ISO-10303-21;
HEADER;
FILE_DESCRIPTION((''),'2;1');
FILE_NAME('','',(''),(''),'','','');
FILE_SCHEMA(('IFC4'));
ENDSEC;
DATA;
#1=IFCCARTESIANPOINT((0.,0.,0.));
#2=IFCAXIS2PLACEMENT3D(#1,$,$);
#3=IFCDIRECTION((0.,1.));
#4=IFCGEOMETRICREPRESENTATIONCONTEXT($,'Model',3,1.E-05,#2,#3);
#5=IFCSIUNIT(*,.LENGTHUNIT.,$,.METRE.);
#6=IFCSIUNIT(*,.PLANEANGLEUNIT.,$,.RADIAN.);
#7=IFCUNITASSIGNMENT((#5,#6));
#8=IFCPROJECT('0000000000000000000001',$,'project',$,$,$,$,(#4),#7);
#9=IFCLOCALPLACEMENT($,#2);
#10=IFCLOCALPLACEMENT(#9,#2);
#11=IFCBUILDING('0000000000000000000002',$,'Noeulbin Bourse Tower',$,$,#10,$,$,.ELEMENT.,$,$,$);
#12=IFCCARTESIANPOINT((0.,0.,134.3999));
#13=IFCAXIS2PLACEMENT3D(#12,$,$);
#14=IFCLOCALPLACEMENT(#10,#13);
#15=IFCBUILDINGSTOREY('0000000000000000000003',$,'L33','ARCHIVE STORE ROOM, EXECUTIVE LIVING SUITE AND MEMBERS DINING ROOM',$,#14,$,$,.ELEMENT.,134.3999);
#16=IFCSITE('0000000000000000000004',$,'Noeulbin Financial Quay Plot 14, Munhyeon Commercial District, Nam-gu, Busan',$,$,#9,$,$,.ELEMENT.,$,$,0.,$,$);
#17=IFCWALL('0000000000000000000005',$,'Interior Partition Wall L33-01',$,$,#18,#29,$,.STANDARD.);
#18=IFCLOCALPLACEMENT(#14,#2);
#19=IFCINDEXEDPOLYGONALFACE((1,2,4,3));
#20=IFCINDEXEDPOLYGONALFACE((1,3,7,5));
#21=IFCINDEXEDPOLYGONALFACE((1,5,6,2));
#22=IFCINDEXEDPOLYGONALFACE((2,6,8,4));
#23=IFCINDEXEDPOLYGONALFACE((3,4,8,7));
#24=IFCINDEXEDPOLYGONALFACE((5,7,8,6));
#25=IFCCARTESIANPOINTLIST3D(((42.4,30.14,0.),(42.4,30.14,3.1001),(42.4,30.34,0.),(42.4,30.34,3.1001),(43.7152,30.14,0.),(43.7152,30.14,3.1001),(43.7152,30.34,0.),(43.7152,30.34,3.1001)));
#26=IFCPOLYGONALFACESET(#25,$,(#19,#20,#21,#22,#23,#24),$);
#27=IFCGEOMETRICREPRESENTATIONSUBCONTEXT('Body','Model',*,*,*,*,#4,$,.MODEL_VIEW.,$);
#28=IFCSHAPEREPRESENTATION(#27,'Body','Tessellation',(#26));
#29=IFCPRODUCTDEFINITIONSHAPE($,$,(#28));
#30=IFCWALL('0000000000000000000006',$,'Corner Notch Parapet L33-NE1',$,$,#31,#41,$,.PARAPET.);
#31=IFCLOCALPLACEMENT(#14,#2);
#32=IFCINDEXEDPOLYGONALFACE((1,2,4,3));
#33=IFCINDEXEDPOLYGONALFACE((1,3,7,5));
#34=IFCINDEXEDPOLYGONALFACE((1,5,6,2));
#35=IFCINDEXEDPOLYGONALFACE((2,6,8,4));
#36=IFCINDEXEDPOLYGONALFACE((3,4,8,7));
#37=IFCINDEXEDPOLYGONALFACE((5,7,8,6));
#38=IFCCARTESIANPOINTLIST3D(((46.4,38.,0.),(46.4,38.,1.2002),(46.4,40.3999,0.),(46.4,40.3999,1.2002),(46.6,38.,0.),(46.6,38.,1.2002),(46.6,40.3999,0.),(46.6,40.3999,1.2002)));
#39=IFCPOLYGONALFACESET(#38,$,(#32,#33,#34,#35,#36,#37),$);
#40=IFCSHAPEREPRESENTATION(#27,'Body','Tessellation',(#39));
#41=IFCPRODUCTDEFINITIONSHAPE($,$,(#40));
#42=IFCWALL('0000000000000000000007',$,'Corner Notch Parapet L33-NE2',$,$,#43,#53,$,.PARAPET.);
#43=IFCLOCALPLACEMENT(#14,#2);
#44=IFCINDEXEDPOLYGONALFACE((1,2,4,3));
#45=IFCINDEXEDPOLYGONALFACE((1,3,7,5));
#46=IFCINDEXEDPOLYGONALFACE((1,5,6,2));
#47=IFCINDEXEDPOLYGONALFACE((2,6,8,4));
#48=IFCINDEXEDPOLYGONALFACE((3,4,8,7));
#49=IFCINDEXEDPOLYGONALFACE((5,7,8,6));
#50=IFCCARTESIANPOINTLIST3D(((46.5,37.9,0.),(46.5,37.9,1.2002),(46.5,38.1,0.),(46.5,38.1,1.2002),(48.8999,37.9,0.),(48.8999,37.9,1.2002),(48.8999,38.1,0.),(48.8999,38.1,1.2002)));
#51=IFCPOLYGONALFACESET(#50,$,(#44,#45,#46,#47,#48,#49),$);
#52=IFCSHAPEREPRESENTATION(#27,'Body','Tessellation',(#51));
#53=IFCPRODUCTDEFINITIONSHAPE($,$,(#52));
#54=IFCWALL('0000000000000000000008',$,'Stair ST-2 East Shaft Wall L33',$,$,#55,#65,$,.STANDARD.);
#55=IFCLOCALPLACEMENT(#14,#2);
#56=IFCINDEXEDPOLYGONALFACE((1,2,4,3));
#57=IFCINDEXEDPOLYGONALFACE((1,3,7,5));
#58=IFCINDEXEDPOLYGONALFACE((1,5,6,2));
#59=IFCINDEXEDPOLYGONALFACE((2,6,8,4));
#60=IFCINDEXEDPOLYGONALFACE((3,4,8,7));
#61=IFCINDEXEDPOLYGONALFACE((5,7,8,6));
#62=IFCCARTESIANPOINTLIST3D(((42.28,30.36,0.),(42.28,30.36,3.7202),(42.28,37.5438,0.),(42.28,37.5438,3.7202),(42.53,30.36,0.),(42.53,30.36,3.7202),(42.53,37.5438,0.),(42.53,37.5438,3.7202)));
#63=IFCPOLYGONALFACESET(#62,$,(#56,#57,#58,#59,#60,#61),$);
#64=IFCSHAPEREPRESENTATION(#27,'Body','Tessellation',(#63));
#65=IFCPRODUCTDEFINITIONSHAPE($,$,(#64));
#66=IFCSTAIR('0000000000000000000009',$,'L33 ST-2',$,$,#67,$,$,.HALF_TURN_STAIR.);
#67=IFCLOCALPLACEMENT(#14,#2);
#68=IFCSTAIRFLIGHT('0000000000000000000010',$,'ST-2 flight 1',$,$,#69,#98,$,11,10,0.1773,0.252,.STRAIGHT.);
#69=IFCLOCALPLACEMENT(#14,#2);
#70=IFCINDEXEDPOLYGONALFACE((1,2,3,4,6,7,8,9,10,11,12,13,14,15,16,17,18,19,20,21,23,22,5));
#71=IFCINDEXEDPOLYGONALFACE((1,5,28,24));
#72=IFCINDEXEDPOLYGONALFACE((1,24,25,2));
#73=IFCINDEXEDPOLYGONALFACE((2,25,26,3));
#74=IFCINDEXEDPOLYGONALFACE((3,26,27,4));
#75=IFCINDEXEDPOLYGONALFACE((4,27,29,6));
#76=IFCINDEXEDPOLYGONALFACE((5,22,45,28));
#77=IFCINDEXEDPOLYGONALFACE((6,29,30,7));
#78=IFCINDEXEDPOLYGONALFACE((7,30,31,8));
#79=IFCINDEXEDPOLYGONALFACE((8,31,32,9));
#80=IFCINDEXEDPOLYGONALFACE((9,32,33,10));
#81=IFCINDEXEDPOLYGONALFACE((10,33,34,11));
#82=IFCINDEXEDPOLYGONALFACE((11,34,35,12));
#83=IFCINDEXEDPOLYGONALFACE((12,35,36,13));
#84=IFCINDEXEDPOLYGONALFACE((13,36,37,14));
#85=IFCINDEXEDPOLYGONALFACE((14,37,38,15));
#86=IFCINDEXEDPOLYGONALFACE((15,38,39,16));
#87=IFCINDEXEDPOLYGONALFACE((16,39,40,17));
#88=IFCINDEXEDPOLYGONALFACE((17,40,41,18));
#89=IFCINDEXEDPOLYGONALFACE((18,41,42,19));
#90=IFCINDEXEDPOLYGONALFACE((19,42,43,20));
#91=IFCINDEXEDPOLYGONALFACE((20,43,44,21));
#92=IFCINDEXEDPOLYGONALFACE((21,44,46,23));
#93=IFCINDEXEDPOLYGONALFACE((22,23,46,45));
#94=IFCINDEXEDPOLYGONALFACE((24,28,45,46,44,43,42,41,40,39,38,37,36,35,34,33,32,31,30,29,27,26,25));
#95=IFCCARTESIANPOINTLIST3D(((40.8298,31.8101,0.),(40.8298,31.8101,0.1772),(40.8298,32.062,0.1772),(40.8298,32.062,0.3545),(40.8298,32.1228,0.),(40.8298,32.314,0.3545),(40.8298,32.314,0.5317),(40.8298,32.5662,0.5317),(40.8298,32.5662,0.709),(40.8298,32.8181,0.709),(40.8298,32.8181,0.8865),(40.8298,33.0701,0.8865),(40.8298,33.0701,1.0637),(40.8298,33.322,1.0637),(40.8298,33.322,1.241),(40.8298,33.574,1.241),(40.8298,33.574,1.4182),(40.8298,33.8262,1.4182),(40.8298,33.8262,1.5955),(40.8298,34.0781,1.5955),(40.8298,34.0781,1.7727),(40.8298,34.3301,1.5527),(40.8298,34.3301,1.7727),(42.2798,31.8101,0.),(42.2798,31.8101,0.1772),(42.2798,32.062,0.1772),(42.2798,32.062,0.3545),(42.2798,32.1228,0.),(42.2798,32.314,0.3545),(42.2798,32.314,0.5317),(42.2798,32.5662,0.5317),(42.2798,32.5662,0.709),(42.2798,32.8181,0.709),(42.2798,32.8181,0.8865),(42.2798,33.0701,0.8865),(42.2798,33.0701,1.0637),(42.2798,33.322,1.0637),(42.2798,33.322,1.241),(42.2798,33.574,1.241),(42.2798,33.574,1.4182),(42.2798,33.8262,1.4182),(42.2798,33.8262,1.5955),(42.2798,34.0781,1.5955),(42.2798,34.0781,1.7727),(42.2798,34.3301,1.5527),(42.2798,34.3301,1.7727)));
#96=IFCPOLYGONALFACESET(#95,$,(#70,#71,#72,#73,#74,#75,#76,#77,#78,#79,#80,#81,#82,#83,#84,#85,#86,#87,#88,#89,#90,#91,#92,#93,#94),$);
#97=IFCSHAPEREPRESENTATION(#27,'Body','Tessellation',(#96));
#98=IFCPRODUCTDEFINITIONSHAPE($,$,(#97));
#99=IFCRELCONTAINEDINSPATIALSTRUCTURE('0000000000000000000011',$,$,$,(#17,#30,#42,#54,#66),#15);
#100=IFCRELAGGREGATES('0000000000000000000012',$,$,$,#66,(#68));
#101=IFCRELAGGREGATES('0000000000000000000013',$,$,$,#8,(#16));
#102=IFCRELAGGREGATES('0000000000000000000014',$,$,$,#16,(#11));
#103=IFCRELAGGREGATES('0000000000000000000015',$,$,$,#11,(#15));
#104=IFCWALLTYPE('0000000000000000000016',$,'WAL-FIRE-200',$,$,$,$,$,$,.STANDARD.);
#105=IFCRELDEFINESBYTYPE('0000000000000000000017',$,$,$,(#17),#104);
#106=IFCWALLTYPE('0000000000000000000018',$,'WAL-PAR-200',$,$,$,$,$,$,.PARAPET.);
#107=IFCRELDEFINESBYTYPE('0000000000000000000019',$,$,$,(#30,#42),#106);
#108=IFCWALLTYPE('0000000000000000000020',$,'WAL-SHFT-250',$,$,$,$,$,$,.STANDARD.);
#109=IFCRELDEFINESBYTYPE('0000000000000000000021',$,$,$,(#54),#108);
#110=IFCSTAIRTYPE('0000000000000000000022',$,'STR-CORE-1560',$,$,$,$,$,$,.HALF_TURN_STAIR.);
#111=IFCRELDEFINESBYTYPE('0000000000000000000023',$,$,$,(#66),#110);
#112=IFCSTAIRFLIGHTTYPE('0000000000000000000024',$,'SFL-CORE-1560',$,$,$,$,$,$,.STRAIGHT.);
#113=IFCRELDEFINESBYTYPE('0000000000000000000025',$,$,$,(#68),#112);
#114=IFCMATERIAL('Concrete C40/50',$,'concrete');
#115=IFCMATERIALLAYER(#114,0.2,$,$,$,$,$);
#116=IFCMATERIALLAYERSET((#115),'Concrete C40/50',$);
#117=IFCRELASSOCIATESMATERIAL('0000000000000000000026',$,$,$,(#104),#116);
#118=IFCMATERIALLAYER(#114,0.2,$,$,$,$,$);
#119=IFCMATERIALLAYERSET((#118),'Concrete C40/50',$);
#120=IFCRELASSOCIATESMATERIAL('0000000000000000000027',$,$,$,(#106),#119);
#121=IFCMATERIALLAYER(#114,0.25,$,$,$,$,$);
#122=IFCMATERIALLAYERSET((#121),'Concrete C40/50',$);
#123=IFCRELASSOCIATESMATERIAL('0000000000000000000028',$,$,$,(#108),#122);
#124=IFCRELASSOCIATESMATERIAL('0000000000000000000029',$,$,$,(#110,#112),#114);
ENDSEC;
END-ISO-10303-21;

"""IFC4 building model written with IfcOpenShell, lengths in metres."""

from ifc_helpers import new_model, si_unit, direction, frame, frame_2d, origin, place, context, subcontext, project, spatial, polyline, rectangle, outline, extrude, material, layer, layer_set, type_object, element, aggregate, save


model = new_model("IFC4")

# Units and contexts
model_context = context("Model", 3, precision=1e-05, world=origin(), true_north=direction((0.0, 1.0)))
body_context = subcontext(model_context, "Body", "Model", "MODEL_VIEW")
ifc_project = project(units=[si_unit("LENGTHUNIT", "METRE"), si_unit("PLANEANGLEUNIT", "RADIAN")], contexts=[model_context])

# Site, building, storey
site_placement = place(None, origin())
site = spatial("IfcSite", under=ifc_project, at=site_placement, Name="Noeulbin Financial Quay Plot 14, Munhyeon Commercial District, Nam-gu, Busan", CompositionType="ELEMENT", RefElevation=0.0)
building_placement = place(site_placement, origin())
building = spatial("IfcBuilding", under=site, at=building_placement, Name="Noeulbin Bourse Tower", CompositionType="ELEMENT")
storey_placement = place(building_placement, frame((0.0, 0.0, 134.3999)))
storey = spatial("IfcBuildingStorey", under=building, at=storey_placement, Name="L33", Description="ARCHIVE STORE ROOM, EXECUTIVE LIVING SUITE AND MEMBERS DINING ROOM", CompositionType="ELEMENT", Elevation=134.3999)

# Walls
ifc_material_1 = material(Name="Concrete C40/50", Category="concrete")
ifc_layer_1 = layer(ifc_material_1, 0.2)
ifc_layer_set_1 = layer_set([ifc_layer_1], Name="Concrete C40/50")
wall_type_1 = type_object("IfcWallType", Name="WAL-FIRE-200", PredefinedType="STANDARD", material=ifc_layer_set_1)
wall_1_placement = place(storey_placement, frame((42.3999, 30.24, 0.0), z_axis=(0.0, 0.0, 1.0), x_axis=(1.0, 0.0, 0.0)))
element("IfcWall", 1, at=wall_1_placement, inside=storey, type_object=wall_type_1, Name="Interior Partition Wall L33-01", PredefinedType="STANDARD", context=body_context, shape_type="SweptSolid", body=[
    extrude(rectangle(XDim=1.3152, YDim=0.2, at=frame_2d((0.6577, 0.0))), origin(), (0.0, 0.0, 1.0), 3.1001),
])
ifc_layer_2 = layer(ifc_material_1, 0.2)
ifc_layer_set_2 = layer_set([ifc_layer_2], Name="Concrete C40/50")
wall_type_2 = type_object("IfcWallType", Name="WAL-PAR-200", PredefinedType="PARAPET", material=ifc_layer_set_2)
for number, where, z_axis, x_axis, name in (
    (2, (46.5, 40.3999, 0.0), (0.0, 0.0, 1.0), (0.0, -1.0, 0.0), "Corner Notch Parapet L33-NE1"),
    (3, (46.5, 38.0, 0.0), (0.0, 0.0, 1.0), (1.0, 0.0, 0.0), "Corner Notch Parapet L33-NE2"),
):
    element("IfcWall", number, at=place(storey_placement, frame(where, z_axis=z_axis, x_axis=x_axis)), inside=storey, type_object=wall_type_2, Name=name, PredefinedType="PARAPET", context=body_context, shape_type="SweptSolid", body=[
        extrude(rectangle(XDim=2.3999, YDim=0.2, at=frame_2d((1.2, 0.0))), origin(), (0.0, 0.0, 1.0), 1.2002),
    ])
ifc_layer_3 = layer(ifc_material_1, 0.25)
ifc_layer_set_3 = layer_set([ifc_layer_3], Name="Concrete C40/50")
wall_type_3 = type_object("IfcWallType", Name="WAL-SHFT-250", PredefinedType="STANDARD", material=ifc_layer_set_3)
wall_2_placement = place(storey_placement, frame((42.405, 30.3601, 0.0), z_axis=(0.0, 0.0, 1.0), x_axis=(0.0, 1.0, 0.0)))
element("IfcWall", 4, at=wall_2_placement, inside=storey, type_object=wall_type_3, Name="Stair ST-2 East Shaft Wall L33", PredefinedType="STANDARD", context=body_context, shape_type="SweptSolid", body=[
    extrude(rectangle(XDim=7.1838, YDim=0.25, at=frame_2d((3.5918, 0.0))), origin(), (0.0, 0.0, 1.0), 3.7202),
])

# Stair, stair flight
stair_type = type_object("IfcStairType", Name="STR-CORE-1560", PredefinedType="HALF_TURN_STAIR", material=ifc_material_1)
stair_placement = place(storey_placement, origin())
stair = element("IfcStair", 5, at=stair_placement, inside=storey, type_object=stair_type, Name="L33 ST-2", PredefinedType="HALF_TURN_STAIR")
stair_flight_type = type_object("IfcStairFlightType", Name="SFL-CORE-1560", PredefinedType="STRAIGHT", material=ifc_material_1)
stair_flight_placement = place(storey_placement, frame((41.5549, 31.8101, 0.0), z_axis=(0.0, 0.0, 1.0), x_axis=(0.0, 1.0, 0.0)))
stair_flight = element("IfcStairFlight", 6, at=stair_flight_placement, type_object=stair_flight_type, Name="ST-2 flight 1", NumberOfRisers=11, NumberOfTreads=10, PredefinedType="STRAIGHT", RiserHeight=0.1773, TreadLength=0.252, context=body_context, shape_type="SweptSolid", body=[
    extrude(outline(polyline([(0.0, 0.0), (0.0, 0.1772), (0.252, 0.1772), (0.252, 0.3545), (0.5039, 0.3545), (0.5039, 0.5317), (0.7561, 0.5317), (0.7561, 0.709), (1.0081, 0.709), (1.0081, 0.8865), (1.26, 0.8865), (1.26, 1.0637), (1.512, 1.0637), (1.512, 1.241), (1.7639, 1.241), (1.7639, 1.4182), (2.0161, 1.4182), (2.0161, 1.5955), (2.2681, 1.5955), (2.2681, 1.7727), (2.52, 1.7727), (2.52, 1.95), (2.52, 1.5527), (0.3127, 0.0), (0.0, 0.0)])), frame((0.0, 0.7251, 0.0), z_axis=(0.0, -1.0, 0.0), x_axis=(1.0, 0.0, 0.0)), (0.0, 0.0, 1.0), 1.45),
])
aggregate(stair, [stair_flight])

save(model, "model.ifc")
